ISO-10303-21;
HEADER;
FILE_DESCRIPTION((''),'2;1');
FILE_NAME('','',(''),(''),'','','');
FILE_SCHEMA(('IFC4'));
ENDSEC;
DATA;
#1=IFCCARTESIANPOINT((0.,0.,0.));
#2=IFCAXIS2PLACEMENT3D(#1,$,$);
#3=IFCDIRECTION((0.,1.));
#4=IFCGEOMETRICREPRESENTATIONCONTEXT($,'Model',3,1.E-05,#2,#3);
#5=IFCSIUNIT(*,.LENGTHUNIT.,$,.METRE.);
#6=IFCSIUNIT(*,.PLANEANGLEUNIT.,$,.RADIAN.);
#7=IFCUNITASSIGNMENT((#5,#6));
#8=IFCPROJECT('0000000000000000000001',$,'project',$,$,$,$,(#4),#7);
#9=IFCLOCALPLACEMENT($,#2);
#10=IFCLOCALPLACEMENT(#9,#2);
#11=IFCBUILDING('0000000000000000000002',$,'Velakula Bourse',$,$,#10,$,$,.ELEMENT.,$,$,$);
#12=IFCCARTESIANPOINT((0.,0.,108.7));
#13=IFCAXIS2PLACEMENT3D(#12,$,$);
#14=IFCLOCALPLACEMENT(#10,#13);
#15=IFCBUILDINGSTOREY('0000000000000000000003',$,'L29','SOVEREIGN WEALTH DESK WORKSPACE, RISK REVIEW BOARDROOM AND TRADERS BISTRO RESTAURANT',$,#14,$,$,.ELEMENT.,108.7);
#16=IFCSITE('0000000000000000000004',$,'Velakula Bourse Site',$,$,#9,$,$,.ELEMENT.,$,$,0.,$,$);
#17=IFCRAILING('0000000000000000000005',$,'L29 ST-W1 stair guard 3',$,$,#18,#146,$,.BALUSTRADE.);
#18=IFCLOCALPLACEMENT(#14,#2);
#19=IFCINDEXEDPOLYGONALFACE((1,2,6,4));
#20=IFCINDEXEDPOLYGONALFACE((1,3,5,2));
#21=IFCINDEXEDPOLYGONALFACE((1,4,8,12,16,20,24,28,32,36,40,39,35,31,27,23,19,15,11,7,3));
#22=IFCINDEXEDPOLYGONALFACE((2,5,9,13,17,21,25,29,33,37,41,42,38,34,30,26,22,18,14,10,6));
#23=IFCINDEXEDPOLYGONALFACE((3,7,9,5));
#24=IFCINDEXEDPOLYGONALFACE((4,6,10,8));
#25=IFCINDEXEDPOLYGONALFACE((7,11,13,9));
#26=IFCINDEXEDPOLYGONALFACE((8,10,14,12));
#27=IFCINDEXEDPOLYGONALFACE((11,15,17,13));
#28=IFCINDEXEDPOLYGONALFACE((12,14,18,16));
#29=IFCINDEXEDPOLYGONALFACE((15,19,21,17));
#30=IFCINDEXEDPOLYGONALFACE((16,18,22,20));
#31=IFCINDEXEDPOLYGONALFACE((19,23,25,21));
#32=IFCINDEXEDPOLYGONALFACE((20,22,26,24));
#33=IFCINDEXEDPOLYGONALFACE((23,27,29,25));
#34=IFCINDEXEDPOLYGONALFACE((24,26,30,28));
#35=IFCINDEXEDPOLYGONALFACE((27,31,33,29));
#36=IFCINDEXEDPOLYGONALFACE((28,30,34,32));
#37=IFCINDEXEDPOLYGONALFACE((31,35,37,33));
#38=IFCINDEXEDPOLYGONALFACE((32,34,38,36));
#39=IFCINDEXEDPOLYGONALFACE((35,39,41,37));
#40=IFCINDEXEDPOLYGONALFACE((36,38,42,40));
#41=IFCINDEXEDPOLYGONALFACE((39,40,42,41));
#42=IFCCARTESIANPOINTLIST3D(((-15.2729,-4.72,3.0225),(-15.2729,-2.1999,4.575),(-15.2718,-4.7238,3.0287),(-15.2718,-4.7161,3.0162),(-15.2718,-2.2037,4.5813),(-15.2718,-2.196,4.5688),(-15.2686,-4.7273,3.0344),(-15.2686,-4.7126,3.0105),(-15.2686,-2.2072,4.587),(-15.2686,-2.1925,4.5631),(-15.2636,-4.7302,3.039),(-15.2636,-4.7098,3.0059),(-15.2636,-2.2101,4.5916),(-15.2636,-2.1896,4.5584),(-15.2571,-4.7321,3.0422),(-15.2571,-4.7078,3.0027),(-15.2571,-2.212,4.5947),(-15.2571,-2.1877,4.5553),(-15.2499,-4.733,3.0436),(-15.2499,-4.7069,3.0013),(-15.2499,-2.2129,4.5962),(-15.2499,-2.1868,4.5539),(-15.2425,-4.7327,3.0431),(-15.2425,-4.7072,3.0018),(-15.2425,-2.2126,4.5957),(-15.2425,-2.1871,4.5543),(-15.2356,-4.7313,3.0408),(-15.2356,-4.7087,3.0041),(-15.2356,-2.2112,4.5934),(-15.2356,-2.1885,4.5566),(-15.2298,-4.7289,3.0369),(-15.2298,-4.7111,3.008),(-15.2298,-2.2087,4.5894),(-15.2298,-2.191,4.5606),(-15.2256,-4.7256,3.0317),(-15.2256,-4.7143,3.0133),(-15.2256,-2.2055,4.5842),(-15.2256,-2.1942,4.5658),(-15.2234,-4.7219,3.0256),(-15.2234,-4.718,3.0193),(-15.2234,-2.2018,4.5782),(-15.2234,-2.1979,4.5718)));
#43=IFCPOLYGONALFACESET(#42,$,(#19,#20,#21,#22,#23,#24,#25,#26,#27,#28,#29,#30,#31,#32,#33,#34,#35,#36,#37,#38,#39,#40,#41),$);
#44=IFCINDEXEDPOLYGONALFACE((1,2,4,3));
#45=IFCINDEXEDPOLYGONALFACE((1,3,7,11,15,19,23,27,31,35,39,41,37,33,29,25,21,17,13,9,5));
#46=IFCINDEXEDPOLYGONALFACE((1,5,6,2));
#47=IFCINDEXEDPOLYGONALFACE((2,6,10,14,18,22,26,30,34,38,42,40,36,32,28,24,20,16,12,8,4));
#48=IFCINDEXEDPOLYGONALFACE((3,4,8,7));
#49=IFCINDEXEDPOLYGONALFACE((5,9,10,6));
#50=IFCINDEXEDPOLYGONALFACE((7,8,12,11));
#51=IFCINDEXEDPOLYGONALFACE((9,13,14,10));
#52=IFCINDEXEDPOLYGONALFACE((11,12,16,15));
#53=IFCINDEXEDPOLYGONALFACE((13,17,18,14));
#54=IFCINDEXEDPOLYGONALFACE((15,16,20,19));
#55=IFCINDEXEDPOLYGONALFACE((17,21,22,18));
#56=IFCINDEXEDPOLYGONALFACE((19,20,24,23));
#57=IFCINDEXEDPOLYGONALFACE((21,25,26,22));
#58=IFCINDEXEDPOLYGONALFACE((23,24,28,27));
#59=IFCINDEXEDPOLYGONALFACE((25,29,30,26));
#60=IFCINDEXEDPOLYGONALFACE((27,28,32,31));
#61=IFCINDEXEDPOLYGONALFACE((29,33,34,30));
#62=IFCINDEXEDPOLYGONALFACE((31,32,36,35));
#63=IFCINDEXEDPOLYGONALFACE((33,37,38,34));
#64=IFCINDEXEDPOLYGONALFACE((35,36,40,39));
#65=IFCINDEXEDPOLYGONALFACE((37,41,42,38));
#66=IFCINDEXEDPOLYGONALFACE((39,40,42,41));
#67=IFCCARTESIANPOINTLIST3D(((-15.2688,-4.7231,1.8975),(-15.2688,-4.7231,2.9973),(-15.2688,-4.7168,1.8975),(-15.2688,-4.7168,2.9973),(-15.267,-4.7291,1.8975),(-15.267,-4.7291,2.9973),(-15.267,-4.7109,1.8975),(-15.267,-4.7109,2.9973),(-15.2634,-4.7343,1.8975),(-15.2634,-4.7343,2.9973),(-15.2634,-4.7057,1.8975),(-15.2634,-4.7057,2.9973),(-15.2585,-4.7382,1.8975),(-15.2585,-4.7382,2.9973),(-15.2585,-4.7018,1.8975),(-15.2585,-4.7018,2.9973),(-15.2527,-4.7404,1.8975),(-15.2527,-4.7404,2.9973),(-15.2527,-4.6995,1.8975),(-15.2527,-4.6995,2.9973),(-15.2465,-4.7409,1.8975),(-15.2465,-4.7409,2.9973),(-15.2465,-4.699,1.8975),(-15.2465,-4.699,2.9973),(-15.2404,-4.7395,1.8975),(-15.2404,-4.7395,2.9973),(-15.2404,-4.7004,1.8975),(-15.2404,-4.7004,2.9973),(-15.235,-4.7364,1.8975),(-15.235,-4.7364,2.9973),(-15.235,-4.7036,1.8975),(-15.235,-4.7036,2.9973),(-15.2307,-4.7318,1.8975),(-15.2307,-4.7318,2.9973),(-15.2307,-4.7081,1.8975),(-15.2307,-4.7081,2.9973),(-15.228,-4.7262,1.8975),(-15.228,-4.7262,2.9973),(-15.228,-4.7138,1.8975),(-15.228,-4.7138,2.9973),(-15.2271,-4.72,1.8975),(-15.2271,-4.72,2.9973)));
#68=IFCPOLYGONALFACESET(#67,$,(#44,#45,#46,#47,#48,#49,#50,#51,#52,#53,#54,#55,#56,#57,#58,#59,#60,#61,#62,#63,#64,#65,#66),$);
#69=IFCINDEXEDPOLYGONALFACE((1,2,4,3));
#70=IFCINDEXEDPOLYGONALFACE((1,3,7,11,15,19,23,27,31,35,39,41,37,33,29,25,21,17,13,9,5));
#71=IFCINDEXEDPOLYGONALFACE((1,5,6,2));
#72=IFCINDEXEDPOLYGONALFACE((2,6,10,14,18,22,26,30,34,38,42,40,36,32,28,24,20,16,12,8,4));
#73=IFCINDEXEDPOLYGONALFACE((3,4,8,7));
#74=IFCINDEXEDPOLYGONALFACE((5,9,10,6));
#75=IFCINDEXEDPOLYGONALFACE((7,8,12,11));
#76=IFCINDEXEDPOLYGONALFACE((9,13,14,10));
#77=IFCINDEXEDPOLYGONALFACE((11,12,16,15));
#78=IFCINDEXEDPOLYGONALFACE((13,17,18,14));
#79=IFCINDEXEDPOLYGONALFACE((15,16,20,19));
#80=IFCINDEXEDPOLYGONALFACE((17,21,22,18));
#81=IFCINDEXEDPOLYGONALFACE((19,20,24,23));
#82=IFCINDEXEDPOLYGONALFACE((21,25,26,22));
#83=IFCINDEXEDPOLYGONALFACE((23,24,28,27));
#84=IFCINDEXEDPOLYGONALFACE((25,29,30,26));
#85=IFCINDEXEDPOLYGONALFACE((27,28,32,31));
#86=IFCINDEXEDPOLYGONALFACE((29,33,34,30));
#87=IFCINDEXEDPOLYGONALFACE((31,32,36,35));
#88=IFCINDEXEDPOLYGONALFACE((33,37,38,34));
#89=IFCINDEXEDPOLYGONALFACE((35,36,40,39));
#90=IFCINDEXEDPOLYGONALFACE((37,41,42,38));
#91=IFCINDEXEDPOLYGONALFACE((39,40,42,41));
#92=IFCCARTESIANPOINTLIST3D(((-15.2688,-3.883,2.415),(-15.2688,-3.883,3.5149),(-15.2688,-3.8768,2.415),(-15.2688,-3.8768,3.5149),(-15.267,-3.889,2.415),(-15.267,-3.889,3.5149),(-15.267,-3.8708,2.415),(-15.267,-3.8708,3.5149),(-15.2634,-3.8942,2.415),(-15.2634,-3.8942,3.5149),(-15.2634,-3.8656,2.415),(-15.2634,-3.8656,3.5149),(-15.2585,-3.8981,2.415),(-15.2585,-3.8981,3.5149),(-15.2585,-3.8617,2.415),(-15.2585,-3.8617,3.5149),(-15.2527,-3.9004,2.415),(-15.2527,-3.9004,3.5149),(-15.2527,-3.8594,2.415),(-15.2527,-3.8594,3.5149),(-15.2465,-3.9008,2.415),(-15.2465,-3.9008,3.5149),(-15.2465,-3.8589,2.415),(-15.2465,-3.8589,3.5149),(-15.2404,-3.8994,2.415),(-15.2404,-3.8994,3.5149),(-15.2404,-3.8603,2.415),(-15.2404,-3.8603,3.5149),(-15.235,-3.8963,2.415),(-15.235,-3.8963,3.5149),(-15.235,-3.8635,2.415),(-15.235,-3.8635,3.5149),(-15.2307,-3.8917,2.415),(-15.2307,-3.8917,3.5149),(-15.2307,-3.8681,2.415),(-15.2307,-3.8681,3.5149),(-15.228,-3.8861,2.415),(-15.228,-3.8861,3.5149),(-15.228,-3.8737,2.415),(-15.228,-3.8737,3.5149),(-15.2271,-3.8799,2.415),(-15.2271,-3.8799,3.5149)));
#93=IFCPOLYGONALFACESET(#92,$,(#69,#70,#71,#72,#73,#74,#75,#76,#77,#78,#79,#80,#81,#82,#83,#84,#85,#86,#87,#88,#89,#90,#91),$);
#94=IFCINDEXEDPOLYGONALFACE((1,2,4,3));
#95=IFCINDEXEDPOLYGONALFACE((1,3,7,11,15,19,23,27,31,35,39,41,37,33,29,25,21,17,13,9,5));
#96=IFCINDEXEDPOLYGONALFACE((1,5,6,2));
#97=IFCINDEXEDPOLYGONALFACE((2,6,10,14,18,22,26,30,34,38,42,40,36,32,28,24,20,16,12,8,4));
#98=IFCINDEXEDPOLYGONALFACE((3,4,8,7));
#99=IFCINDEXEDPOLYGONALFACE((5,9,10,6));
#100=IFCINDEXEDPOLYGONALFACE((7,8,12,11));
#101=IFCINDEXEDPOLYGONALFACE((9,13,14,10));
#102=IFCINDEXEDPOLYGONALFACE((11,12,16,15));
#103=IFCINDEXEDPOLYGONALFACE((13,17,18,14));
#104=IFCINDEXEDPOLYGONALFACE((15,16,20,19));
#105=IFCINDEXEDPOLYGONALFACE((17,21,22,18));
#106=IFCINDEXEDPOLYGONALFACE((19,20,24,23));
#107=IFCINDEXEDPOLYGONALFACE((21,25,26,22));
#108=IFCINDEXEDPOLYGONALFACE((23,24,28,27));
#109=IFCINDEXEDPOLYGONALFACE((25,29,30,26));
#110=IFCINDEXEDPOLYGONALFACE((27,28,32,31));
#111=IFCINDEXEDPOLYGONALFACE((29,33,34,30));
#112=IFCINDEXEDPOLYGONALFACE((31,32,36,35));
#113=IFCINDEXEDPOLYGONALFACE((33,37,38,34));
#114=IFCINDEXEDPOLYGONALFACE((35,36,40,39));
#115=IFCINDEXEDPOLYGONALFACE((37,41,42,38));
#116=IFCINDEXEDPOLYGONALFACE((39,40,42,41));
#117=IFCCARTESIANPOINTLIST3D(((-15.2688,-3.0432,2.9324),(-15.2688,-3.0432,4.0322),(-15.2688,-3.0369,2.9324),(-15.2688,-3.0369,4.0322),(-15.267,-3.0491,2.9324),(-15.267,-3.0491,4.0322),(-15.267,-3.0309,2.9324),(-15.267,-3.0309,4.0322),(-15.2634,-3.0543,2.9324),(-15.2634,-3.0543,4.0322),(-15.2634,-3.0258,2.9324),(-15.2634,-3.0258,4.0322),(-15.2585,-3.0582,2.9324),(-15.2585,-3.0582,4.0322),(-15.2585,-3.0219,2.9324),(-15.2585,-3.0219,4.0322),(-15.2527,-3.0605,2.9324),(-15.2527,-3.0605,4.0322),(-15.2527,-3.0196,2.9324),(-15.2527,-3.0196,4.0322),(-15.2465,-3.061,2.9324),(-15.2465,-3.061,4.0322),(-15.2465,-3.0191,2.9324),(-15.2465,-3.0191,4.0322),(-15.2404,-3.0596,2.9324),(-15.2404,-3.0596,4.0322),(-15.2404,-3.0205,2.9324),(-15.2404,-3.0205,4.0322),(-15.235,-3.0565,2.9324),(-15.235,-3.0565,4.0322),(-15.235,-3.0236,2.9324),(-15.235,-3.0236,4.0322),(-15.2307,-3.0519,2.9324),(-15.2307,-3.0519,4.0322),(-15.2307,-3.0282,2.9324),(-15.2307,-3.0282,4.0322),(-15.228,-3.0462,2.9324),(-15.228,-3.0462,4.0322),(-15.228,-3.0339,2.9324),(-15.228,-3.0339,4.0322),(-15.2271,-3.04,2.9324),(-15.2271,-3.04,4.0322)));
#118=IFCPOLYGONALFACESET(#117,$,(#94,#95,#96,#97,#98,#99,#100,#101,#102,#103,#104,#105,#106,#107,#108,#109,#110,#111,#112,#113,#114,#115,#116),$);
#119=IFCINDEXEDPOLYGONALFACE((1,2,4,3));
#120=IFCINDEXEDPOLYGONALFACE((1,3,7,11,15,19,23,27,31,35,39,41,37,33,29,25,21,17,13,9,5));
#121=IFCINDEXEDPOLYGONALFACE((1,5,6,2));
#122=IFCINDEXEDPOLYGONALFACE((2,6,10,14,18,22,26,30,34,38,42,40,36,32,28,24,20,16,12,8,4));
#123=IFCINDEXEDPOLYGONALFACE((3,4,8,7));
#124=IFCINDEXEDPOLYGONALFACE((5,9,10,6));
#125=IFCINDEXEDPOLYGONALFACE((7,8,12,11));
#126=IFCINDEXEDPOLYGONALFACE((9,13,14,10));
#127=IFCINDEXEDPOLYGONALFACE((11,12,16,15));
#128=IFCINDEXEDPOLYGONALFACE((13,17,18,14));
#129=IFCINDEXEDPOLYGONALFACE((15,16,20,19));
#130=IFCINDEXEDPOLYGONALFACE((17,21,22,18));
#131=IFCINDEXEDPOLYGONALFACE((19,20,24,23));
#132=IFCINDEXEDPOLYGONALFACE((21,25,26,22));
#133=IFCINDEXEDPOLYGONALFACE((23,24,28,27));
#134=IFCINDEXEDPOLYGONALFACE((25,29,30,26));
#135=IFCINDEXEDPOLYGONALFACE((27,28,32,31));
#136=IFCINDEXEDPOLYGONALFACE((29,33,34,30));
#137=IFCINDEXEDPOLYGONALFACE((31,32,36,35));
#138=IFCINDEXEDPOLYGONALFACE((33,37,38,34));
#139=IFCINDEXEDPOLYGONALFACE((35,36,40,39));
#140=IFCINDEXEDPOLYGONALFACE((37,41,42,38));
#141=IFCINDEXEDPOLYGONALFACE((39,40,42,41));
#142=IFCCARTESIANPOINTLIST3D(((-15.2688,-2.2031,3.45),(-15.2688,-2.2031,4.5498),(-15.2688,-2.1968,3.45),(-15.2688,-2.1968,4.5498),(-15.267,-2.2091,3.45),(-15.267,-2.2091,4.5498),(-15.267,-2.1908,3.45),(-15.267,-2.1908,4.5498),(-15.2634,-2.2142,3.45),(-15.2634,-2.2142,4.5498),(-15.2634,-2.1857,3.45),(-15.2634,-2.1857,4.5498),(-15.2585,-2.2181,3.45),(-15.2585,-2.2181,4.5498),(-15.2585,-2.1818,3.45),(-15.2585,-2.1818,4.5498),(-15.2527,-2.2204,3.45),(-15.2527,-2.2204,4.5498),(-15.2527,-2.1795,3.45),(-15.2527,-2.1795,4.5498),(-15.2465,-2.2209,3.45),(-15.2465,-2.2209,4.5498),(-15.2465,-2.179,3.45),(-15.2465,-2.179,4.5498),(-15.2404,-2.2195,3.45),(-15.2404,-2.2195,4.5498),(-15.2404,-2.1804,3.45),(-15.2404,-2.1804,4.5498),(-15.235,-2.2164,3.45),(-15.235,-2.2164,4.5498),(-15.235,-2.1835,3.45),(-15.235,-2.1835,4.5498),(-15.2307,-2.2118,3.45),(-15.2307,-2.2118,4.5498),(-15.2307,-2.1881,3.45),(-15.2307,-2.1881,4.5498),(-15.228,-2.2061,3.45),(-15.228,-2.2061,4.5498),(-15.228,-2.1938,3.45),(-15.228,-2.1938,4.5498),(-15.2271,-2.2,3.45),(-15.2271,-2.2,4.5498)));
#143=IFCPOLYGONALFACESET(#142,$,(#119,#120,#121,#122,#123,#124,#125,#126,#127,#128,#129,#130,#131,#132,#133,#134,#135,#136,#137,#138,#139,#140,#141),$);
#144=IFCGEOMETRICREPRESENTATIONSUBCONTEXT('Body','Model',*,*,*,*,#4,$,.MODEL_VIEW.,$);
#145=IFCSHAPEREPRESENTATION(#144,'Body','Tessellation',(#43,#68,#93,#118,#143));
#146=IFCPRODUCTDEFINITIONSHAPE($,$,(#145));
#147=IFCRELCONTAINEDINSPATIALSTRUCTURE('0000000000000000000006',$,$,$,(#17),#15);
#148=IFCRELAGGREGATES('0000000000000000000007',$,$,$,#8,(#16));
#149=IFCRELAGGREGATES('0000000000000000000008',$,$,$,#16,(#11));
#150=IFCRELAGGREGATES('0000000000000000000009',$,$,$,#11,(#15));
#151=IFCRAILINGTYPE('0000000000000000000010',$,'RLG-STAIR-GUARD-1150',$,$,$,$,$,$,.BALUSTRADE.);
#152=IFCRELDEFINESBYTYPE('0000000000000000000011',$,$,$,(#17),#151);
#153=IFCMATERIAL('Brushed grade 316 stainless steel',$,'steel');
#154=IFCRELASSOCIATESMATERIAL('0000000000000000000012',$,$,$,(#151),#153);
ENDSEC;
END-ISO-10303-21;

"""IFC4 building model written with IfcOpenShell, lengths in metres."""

from ifc_helpers import new_model, si_unit, direction, frame, origin, origin_2d, place, context, subcontext, project, spatial, circle, extrude, material, type_object, element, save


model = new_model("IFC4")

# Units and contexts
model_context = context("Model", 3, precision=1e-05, world=origin(), true_north=direction((0.0, 1.0)))
body_context = subcontext(model_context, "Body", "Model", "MODEL_VIEW")
ifc_project = project(units=[si_unit("LENGTHUNIT", "METRE"), si_unit("PLANEANGLEUNIT", "RADIAN")], contexts=[model_context])

# Site, building, storey
site_placement = place(None, origin())
site = spatial("IfcSite", under=ifc_project, at=site_placement, Name="Velakula Bourse Site", CompositionType="ELEMENT", RefElevation=0.0)
building_placement = place(site_placement, origin())
building = spatial("IfcBuilding", under=site, at=building_placement, Name="Velakula Bourse", CompositionType="ELEMENT")
storey_placement = place(building_placement, frame((0.0, 0.0, 108.7)))
storey = spatial("IfcBuildingStorey", under=building, at=storey_placement, Name="L29", Description="SOVEREIGN WEALTH DESK WORKSPACE, RISK REVIEW BOARDROOM AND TRADERS BISTRO RESTAURANT", CompositionType="ELEMENT", Elevation=108.7)

# Shared definitions
ifc_material_1 = material(Name="Brushed grade 316 stainless steel", Category="steel")

# Railing
railing_type_1 = type_object("IfcRailingType", Name="RLG-STAIR-GUARD-1150", PredefinedType="BALUSTRADE", material=ifc_material_1)
railing_1_placement = place(storey_placement, frame((-15.248, -4.72, 1.8975)))
element("IfcRailing", 1, at=railing_1_placement, inside=storey, type_object=railing_type_1, Name="L29 ST-W1 stair guard 3", PredefinedType="BALUSTRADE", context=body_context, shape_type="SweptSolid", body=[
    extrude(circle(Radius=0.0249, at=origin_2d()), frame((0.0, 0.0, 1.125), z_axis=(0.0, 0.8514, 0.524516), x_axis=(-1.0, 0.0, 0.0)), (0.0, 0.0, 1.0), 2.96),
    extrude(circle(Radius=0.021, at=origin_2d()), origin(), (0.0, 0.0, 1.0), 1.0999),
    extrude(circle(Radius=0.021, at=origin_2d()), frame((0.0, 0.8401, 0.5176)), (0.0, 0.0, 1.0), 1.0999),
    extrude(circle(Radius=0.021, at=origin_2d()), frame((0.0, 1.6799, 1.0349)), (0.0, 0.0, 1.0), 1.0999),
    extrude(circle(Radius=0.021, at=origin_2d()), frame((0.0, 2.52, 1.5525)), (0.0, 0.0, 1.0), 1.0999),
])

save(model, "model.ifc")
